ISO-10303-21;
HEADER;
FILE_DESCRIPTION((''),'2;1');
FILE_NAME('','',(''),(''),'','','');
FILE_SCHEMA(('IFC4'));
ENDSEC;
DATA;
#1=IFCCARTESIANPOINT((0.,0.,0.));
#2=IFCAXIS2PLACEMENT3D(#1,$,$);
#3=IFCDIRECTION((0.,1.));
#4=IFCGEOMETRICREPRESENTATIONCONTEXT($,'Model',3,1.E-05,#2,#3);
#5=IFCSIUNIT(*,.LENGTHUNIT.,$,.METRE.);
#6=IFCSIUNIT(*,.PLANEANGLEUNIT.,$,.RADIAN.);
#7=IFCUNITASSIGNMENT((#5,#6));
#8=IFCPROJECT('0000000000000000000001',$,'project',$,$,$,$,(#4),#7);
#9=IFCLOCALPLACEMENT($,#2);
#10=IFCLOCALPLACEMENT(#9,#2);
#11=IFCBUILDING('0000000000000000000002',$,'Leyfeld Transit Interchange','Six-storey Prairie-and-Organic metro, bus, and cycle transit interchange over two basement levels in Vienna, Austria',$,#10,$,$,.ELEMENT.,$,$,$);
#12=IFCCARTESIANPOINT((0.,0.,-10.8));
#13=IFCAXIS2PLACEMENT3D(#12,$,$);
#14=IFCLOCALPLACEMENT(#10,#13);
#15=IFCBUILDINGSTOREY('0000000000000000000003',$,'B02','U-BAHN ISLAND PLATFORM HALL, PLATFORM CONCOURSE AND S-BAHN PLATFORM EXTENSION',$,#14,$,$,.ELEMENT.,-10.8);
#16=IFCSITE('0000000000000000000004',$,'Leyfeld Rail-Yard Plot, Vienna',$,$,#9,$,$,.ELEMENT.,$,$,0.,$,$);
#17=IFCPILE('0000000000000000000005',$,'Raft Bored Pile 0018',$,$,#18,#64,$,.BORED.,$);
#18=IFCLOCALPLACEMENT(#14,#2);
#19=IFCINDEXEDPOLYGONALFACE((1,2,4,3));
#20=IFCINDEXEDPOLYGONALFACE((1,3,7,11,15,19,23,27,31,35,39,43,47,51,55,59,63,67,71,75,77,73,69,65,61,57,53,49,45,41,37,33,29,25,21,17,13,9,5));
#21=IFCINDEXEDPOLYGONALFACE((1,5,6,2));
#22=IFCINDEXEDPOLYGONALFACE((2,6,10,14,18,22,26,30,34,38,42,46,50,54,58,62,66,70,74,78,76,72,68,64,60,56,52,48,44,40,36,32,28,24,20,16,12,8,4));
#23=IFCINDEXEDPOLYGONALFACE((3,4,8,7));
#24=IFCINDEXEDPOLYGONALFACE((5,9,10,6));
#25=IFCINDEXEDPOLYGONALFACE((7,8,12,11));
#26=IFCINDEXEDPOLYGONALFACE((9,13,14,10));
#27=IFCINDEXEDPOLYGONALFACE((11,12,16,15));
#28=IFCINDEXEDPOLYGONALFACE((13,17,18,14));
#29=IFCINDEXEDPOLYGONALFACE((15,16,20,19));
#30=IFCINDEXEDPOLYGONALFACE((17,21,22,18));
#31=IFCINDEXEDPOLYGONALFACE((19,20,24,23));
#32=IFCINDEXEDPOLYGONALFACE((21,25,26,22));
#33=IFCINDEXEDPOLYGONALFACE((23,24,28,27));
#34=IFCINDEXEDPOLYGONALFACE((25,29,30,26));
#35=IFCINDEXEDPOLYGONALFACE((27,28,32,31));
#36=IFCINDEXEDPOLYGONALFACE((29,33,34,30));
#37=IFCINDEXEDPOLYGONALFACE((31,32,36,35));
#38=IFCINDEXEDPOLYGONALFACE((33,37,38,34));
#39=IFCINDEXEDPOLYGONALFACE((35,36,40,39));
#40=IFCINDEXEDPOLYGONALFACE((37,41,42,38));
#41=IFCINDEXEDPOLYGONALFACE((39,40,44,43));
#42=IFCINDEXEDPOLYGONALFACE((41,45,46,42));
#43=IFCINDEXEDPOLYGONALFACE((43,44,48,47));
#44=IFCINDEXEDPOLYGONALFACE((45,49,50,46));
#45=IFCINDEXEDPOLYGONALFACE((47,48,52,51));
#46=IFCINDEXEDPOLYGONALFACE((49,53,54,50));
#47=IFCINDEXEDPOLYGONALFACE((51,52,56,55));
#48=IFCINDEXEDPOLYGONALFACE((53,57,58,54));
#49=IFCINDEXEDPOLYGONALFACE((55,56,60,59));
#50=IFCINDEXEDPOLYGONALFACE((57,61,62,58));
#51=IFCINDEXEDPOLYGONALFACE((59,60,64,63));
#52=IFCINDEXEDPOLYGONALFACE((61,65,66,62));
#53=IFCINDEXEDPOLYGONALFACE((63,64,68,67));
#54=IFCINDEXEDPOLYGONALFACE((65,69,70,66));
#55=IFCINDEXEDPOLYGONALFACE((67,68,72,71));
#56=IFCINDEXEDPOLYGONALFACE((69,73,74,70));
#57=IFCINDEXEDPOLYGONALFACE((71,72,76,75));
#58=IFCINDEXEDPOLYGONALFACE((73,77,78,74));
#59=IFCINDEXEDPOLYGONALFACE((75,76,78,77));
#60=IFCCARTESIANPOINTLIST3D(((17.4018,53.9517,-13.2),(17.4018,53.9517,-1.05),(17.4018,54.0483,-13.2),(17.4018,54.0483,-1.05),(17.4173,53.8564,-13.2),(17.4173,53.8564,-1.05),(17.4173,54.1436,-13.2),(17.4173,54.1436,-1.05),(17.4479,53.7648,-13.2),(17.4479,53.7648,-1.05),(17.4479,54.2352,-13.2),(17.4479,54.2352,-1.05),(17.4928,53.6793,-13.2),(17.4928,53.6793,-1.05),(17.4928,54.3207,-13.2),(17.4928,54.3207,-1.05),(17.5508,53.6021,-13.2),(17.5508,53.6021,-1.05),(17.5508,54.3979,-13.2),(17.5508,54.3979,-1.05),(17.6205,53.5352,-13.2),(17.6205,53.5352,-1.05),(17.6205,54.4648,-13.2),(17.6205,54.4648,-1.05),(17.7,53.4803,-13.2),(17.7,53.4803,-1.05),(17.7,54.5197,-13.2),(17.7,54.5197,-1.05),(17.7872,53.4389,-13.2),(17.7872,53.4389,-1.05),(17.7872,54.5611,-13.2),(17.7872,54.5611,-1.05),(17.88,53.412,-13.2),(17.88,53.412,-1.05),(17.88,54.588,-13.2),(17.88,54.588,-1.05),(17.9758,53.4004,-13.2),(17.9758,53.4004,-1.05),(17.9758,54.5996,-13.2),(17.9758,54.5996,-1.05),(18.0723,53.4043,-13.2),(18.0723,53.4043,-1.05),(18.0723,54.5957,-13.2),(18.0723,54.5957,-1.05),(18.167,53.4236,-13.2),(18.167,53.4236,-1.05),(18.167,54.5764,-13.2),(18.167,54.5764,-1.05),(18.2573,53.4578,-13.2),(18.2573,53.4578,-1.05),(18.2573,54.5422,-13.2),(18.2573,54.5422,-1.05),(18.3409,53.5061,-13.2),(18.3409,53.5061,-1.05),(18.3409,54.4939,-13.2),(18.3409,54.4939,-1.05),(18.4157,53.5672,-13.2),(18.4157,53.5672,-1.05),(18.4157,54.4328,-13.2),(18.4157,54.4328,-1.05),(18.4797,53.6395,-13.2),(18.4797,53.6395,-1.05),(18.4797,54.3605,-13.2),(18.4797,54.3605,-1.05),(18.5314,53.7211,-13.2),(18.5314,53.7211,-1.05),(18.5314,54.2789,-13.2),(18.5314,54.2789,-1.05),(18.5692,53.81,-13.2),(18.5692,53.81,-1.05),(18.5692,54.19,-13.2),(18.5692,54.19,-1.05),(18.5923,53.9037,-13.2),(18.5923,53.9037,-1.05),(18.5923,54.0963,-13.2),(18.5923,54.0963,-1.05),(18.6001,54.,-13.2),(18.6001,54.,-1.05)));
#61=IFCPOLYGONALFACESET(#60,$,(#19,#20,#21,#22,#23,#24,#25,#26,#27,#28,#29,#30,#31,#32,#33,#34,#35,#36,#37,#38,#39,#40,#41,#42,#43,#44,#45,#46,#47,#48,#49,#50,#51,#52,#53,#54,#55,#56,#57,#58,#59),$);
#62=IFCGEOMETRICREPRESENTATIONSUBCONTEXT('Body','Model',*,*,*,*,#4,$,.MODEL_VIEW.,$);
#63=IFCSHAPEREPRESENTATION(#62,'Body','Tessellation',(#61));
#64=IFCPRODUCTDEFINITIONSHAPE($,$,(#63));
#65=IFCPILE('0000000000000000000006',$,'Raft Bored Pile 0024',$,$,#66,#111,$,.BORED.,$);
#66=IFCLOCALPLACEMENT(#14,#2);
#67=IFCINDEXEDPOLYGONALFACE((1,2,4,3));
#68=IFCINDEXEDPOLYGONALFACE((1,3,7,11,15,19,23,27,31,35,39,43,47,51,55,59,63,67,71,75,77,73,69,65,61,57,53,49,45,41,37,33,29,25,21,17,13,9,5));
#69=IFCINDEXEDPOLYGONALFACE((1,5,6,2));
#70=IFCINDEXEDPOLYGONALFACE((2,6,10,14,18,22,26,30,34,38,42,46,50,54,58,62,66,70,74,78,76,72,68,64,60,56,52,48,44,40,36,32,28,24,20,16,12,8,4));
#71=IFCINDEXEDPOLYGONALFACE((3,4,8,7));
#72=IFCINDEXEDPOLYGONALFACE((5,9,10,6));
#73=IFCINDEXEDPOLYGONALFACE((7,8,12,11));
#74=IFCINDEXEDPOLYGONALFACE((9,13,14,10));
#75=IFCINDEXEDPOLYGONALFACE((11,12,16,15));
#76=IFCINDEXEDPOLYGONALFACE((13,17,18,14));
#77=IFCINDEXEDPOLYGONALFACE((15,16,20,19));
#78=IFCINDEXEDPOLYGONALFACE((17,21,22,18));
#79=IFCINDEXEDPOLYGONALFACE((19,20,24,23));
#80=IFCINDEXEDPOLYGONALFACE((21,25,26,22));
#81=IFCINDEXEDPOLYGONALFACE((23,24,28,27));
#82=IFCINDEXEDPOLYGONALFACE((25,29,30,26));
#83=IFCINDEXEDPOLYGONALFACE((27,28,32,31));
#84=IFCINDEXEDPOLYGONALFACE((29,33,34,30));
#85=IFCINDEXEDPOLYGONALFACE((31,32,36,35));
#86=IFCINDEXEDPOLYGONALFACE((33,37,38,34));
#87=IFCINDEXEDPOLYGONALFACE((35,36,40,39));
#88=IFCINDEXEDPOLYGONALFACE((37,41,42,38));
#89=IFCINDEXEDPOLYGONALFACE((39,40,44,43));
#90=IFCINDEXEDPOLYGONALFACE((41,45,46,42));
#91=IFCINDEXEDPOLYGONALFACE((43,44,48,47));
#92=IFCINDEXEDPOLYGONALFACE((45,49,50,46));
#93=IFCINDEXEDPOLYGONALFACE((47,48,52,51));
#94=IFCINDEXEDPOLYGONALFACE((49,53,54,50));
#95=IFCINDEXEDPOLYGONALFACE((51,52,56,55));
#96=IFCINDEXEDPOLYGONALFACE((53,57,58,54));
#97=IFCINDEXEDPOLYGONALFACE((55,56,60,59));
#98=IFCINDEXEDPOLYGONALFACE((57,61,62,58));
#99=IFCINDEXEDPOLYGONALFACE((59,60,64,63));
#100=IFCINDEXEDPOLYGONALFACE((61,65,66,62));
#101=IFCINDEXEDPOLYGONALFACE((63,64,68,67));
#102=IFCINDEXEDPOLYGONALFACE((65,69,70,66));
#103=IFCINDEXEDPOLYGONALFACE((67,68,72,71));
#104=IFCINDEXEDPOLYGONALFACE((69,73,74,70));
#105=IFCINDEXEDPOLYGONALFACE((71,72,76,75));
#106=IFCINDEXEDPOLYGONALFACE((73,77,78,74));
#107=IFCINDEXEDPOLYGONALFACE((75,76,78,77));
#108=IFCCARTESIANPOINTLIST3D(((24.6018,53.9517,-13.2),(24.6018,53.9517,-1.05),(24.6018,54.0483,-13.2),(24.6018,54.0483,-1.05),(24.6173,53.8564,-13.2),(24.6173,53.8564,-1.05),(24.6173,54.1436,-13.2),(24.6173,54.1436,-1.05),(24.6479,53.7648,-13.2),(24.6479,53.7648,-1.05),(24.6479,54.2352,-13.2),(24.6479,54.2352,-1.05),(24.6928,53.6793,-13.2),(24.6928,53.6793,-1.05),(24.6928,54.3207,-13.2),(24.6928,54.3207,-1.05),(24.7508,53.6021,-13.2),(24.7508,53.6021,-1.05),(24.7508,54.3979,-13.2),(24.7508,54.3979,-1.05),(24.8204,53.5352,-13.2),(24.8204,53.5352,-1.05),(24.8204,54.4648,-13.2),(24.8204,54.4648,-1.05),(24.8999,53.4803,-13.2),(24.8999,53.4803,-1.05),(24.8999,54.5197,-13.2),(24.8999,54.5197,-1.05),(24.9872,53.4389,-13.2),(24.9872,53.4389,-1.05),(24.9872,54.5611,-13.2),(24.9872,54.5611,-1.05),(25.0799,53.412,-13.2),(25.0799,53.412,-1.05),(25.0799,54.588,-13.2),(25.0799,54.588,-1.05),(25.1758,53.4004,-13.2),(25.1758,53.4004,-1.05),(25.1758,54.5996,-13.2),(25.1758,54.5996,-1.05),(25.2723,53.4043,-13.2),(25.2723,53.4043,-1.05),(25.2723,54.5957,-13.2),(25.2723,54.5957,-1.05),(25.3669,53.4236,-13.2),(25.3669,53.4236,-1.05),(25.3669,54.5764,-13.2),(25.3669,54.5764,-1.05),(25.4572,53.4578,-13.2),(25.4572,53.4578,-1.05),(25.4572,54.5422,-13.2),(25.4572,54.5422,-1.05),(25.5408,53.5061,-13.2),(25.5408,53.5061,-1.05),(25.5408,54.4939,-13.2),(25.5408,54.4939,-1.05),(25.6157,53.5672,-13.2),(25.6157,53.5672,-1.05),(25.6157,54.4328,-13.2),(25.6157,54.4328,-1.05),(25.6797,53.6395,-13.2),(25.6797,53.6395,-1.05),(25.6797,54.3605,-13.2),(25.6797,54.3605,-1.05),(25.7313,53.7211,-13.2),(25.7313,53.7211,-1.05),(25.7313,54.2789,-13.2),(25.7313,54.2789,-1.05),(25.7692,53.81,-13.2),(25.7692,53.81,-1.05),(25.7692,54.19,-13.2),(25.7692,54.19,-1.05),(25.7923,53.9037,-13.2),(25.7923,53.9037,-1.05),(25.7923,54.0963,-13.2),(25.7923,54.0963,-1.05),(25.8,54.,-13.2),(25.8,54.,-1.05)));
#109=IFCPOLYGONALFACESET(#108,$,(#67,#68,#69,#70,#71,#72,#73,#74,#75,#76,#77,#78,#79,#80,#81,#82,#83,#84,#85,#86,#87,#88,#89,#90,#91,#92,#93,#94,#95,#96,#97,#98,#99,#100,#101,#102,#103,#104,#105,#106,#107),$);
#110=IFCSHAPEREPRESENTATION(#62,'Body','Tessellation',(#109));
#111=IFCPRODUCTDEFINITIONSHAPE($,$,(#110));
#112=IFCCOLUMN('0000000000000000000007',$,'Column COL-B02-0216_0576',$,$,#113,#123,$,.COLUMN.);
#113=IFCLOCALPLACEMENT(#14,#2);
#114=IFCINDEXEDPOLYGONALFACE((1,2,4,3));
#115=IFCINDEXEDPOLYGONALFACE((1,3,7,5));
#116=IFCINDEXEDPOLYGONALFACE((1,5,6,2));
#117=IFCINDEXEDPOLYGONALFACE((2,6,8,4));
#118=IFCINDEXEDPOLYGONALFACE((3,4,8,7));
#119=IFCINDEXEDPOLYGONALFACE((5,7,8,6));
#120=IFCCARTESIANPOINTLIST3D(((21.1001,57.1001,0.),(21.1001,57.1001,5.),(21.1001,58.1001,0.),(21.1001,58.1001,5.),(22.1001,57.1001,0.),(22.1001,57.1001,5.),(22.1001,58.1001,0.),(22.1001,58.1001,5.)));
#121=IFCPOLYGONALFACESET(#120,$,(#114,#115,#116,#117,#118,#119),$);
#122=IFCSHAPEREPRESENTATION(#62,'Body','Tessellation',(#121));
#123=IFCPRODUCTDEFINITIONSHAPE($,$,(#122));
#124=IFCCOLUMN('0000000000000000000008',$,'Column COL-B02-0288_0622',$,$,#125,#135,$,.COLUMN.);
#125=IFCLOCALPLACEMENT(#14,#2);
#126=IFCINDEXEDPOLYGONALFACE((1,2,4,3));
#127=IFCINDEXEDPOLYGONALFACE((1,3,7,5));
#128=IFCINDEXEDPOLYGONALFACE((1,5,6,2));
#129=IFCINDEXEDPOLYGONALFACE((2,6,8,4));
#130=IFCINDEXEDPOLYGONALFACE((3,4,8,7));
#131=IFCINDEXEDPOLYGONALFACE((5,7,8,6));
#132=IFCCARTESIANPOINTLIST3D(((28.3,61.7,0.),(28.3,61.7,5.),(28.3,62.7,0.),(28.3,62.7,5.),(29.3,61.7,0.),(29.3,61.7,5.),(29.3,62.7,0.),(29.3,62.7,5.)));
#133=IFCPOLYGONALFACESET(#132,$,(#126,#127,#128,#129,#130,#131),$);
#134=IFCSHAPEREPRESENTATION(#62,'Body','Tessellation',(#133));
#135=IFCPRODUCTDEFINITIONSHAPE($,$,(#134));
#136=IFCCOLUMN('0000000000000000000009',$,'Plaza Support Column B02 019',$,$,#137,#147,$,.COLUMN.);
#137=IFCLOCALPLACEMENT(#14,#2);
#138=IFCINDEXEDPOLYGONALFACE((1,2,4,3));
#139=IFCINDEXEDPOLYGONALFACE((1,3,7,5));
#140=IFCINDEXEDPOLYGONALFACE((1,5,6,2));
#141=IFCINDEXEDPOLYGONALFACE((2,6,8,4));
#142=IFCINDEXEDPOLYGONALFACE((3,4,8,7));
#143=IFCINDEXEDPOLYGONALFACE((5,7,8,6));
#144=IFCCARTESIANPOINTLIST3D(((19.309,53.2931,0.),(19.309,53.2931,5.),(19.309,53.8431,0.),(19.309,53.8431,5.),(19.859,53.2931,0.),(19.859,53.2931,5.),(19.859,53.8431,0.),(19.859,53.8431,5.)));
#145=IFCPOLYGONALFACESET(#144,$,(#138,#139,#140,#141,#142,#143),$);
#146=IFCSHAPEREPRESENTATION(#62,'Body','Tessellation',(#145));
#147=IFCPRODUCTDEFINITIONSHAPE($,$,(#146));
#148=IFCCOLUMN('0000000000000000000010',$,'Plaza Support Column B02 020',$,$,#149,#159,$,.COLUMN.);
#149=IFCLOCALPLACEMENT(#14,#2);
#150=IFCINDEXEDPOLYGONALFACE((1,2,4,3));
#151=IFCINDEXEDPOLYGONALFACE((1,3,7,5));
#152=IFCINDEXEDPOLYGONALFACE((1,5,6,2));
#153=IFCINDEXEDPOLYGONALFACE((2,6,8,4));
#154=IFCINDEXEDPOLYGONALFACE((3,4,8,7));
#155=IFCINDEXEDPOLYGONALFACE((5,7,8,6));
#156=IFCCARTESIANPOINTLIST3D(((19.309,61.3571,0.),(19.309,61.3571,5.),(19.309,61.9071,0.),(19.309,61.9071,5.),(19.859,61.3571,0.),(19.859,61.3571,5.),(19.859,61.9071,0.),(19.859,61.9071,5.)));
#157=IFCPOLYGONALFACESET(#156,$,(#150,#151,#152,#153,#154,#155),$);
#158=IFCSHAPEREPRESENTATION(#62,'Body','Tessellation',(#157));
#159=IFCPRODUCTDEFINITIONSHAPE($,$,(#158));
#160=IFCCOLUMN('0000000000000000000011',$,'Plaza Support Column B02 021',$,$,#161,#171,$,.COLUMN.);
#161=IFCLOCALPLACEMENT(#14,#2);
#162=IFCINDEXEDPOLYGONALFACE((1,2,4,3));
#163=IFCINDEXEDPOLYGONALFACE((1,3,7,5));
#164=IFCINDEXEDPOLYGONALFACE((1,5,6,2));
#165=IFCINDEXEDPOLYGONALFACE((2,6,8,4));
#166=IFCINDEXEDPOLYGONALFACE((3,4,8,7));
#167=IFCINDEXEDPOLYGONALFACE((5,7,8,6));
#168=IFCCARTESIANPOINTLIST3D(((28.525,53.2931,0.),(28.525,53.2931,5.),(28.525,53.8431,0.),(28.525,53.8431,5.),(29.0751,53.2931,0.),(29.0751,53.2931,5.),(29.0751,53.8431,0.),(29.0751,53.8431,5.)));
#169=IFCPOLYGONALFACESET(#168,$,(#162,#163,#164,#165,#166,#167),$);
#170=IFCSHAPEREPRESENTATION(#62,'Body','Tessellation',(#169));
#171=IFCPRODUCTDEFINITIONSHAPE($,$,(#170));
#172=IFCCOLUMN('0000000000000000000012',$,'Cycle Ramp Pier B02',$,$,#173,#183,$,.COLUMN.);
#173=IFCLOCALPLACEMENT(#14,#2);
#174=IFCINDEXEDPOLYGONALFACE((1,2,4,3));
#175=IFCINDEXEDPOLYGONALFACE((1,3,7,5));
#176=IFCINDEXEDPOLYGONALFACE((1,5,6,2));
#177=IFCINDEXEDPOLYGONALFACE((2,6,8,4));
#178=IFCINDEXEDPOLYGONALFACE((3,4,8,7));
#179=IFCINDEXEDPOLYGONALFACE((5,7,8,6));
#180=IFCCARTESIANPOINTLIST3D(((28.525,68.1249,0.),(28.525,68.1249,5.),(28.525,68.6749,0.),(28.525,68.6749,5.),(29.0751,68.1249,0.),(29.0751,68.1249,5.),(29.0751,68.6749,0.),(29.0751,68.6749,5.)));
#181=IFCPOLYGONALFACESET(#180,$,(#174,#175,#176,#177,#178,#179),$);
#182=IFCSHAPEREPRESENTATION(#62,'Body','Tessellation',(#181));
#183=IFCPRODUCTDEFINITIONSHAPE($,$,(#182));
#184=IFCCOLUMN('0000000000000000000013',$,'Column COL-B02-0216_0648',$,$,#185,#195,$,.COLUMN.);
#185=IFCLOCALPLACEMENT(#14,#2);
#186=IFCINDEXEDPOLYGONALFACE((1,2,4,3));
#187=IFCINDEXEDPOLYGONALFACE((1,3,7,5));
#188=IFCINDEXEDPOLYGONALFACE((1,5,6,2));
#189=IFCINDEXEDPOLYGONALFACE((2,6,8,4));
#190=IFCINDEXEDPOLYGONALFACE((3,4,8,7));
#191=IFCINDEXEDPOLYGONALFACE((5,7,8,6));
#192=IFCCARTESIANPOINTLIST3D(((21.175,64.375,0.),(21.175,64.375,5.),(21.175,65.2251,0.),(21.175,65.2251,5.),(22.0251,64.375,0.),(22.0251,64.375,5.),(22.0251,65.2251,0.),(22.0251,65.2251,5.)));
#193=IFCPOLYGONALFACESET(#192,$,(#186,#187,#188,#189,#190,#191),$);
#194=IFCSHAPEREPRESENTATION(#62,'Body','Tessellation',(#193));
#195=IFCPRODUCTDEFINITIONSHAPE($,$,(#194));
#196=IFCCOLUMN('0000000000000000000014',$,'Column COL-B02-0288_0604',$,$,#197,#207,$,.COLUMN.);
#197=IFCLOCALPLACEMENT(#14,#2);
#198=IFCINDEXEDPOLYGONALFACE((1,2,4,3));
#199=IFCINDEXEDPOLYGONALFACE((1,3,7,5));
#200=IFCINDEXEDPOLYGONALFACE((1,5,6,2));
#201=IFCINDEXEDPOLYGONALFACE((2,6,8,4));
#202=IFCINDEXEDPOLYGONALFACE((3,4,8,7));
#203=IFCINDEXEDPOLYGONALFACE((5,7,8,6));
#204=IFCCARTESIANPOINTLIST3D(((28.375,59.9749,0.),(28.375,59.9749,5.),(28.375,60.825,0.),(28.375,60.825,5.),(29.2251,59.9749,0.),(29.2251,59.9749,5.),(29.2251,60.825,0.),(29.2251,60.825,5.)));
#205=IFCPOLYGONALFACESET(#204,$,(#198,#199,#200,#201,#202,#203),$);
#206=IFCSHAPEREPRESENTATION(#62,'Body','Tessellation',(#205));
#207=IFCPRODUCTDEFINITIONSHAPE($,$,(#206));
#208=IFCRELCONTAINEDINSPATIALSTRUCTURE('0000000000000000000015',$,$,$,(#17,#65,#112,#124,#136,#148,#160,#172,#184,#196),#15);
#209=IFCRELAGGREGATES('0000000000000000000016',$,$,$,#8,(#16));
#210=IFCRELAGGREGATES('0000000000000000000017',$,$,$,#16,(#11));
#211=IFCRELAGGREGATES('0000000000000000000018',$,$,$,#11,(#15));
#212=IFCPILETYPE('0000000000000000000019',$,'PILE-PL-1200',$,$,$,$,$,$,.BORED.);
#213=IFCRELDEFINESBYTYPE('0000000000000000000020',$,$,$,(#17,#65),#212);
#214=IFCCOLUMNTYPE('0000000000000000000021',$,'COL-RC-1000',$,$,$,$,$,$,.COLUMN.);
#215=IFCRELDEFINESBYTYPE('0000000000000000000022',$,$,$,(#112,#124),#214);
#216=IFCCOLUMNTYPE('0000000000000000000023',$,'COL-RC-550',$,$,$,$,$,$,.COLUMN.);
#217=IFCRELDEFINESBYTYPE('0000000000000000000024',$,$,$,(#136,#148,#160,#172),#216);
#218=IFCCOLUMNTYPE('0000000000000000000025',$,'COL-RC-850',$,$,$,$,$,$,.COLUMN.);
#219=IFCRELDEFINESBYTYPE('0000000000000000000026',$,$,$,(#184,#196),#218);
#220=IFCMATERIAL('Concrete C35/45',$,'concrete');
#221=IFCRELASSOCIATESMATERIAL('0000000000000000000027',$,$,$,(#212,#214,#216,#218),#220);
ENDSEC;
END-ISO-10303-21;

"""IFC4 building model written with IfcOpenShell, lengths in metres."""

from ifc_helpers import new_model, si_unit, direction, frame, origin, origin_2d, place, context, subcontext, project, spatial, rectangle, circle, extrude, material, material_profile, profile_set, type_object, element, save


model = new_model("IFC4")

# Units and contexts
model_context = context("Model", 3, precision=1e-05, world=origin(), true_north=direction((0.0, 1.0)))
body_context = subcontext(model_context, "Body", "Model", "MODEL_VIEW")
ifc_project = project(units=[si_unit("LENGTHUNIT", "METRE"), si_unit("PLANEANGLEUNIT", "RADIAN")], contexts=[model_context])

# Site, building, storey
site_placement = place(None, origin())
site = spatial("IfcSite", under=ifc_project, at=site_placement, Name="Leyfeld Rail-Yard Plot, Vienna", CompositionType="ELEMENT", RefElevation=0.0)
building_placement = place(site_placement, origin())
building = spatial("IfcBuilding", under=site, at=building_placement, Name="Leyfeld Transit Interchange", Description="Six-storey Prairie-and-Organic metro, bus, and cycle transit interchange over two basement levels in Vienna, Austria", CompositionType="ELEMENT")
storey_placement = place(building_placement, frame((0.0, 0.0, -10.8)))
storey = spatial("IfcBuildingStorey", under=building, at=storey_placement, Name="B02", Description="U-BAHN ISLAND PLATFORM HALL, PLATFORM CONCOURSE AND S-BAHN PLATFORM EXTENSION", CompositionType="ELEMENT", Elevation=-10.8)

# Piles
ifc_material_1 = material(Name="Concrete C35/45", Category="concrete")
ifc_material_profile_1 = material_profile(ifc_material_1, circle(Radius=0.6001, at=origin_2d()), Name="PILE D1200")
ifc_profile_set_1 = profile_set([ifc_material_profile_1], Name="Concrete C35/45")
pile_type_1 = type_object("IfcPileType", Name="PILE-PL-1200", PredefinedType="BORED", material=ifc_profile_set_1)
for number, where, z_axis, x_axis, name in (
    (1, (18.0, 54.0, -1.05), (0.0, 0.0, -1.0), (1.0, 0.0, 0.0), "Raft Bored Pile 0018"),
    (2, (25.2, 54.0, -1.05), (0.0, 0.0, -1.0), (1.0, 0.0, 0.0), "Raft Bored Pile 0024"),
):
    element("IfcPile", number, at=place(storey_placement, frame(where, z_axis=z_axis, x_axis=x_axis)), inside=storey, type_object=pile_type_1, Name=name, PredefinedType="BORED", context=body_context, shape_type="SweptSolid", body=[
        extrude(circle(Radius=0.6001, at=origin_2d()), origin(), (0.0, 0.0, 1.0), 12.1499),
    ])

# Columns
ifc_material_profile_2 = material_profile(ifc_material_1, rectangle(XDim=1.0, YDim=1.0, at=origin_2d()), Name="RC 1000x1000")
ifc_profile_set_2 = profile_set([ifc_material_profile_2], Name="Concrete C35/45")
column_type_1 = type_object("IfcColumnType", Name="COL-RC-1000", PredefinedType="COLUMN", material=ifc_profile_set_2)
for number, where, z_axis, x_axis, name in (
    (3, (21.6001, 57.6001, 0.0), (0.0, 0.0, 1.0), (1.0, 0.0, 0.0), "Column COL-B02-0216_0576"),
    (4, (28.8, 62.2, 0.0), (0.0, 0.0, 1.0), (1.0, 0.0, 0.0), "Column COL-B02-0288_0622"),
):
    element("IfcColumn", number, at=place(storey_placement, frame(where, z_axis=z_axis, x_axis=x_axis)), inside=storey, type_object=column_type_1, Name=name, PredefinedType="COLUMN", context=body_context, shape_type="SweptSolid", body=[
        extrude(rectangle(XDim=1.0, YDim=1.0, at=origin_2d()), origin(), (0.0, 0.0, 1.0), 5.0),
    ])
ifc_material_profile_3 = material_profile(ifc_material_1, rectangle(XDim=0.55, YDim=0.55, at=origin_2d()), Name="RC 550x550")
ifc_profile_set_3 = profile_set([ifc_material_profile_3], Name="Concrete C35/45")
column_type_2 = type_object("IfcColumnType", Name="COL-RC-550", PredefinedType="COLUMN", material=ifc_profile_set_3)
for number, where, z_axis, x_axis, name in (
    (5, (19.584, 53.5681, 0.0), (0.0, 0.0, 1.0), (1.0, 0.0, 0.0), "Plaza Support Column B02 019"),
    (6, (19.584, 61.6321, 0.0), (0.0, 0.0, 1.0), (1.0, 0.0, 0.0), "Plaza Support Column B02 020"),
    (7, (28.8, 53.5681, 0.0), (0.0, 0.0, 1.0), (1.0, 0.0, 0.0), "Plaza Support Column B02 021"),
    (8, (28.8, 68.3999, 0.0), (0.0, 0.0, 1.0), (1.0, 0.0, 0.0), "Cycle Ramp Pier B02"),
):
    element("IfcColumn", number, at=place(storey_placement, frame(where, z_axis=z_axis, x_axis=x_axis)), inside=storey, type_object=column_type_2, Name=name, PredefinedType="COLUMN", context=body_context, shape_type="SweptSolid", body=[
        extrude(rectangle(XDim=0.55, YDim=0.55, at=origin_2d()), origin(), (0.0, 0.0, 1.0), 5.0),
    ])
ifc_material_profile_4 = material_profile(ifc_material_1, rectangle(XDim=0.8501, YDim=0.8501, at=origin_2d()), Name="RC 850x850")
ifc_profile_set_4 = profile_set([ifc_material_profile_4], Name="Concrete C35/45")
column_type_3 = type_object("IfcColumnType", Name="COL-RC-850", PredefinedType="COLUMN", material=ifc_profile_set_4)
for number, where, z_axis, x_axis, name in (
    (9, (21.6001, 64.8, 0.0), (0.0, 0.0, 1.0), (1.0, 0.0, 0.0), "Column COL-B02-0216_0648"),
    (10, (28.8, 60.3999, 0.0), (0.0, 0.0, 1.0), (1.0, 0.0, 0.0), "Column COL-B02-0288_0604"),
):
    element("IfcColumn", number, at=place(storey_placement, frame(where, z_axis=z_axis, x_axis=x_axis)), inside=storey, type_object=column_type_3, Name=name, PredefinedType="COLUMN", context=body_context, shape_type="SweptSolid", body=[
        extrude(rectangle(XDim=0.8501, YDim=0.8501, at=origin_2d()), origin(), (0.0, 0.0, 1.0), 5.0),
    ])

save(model, "model.ifc")
